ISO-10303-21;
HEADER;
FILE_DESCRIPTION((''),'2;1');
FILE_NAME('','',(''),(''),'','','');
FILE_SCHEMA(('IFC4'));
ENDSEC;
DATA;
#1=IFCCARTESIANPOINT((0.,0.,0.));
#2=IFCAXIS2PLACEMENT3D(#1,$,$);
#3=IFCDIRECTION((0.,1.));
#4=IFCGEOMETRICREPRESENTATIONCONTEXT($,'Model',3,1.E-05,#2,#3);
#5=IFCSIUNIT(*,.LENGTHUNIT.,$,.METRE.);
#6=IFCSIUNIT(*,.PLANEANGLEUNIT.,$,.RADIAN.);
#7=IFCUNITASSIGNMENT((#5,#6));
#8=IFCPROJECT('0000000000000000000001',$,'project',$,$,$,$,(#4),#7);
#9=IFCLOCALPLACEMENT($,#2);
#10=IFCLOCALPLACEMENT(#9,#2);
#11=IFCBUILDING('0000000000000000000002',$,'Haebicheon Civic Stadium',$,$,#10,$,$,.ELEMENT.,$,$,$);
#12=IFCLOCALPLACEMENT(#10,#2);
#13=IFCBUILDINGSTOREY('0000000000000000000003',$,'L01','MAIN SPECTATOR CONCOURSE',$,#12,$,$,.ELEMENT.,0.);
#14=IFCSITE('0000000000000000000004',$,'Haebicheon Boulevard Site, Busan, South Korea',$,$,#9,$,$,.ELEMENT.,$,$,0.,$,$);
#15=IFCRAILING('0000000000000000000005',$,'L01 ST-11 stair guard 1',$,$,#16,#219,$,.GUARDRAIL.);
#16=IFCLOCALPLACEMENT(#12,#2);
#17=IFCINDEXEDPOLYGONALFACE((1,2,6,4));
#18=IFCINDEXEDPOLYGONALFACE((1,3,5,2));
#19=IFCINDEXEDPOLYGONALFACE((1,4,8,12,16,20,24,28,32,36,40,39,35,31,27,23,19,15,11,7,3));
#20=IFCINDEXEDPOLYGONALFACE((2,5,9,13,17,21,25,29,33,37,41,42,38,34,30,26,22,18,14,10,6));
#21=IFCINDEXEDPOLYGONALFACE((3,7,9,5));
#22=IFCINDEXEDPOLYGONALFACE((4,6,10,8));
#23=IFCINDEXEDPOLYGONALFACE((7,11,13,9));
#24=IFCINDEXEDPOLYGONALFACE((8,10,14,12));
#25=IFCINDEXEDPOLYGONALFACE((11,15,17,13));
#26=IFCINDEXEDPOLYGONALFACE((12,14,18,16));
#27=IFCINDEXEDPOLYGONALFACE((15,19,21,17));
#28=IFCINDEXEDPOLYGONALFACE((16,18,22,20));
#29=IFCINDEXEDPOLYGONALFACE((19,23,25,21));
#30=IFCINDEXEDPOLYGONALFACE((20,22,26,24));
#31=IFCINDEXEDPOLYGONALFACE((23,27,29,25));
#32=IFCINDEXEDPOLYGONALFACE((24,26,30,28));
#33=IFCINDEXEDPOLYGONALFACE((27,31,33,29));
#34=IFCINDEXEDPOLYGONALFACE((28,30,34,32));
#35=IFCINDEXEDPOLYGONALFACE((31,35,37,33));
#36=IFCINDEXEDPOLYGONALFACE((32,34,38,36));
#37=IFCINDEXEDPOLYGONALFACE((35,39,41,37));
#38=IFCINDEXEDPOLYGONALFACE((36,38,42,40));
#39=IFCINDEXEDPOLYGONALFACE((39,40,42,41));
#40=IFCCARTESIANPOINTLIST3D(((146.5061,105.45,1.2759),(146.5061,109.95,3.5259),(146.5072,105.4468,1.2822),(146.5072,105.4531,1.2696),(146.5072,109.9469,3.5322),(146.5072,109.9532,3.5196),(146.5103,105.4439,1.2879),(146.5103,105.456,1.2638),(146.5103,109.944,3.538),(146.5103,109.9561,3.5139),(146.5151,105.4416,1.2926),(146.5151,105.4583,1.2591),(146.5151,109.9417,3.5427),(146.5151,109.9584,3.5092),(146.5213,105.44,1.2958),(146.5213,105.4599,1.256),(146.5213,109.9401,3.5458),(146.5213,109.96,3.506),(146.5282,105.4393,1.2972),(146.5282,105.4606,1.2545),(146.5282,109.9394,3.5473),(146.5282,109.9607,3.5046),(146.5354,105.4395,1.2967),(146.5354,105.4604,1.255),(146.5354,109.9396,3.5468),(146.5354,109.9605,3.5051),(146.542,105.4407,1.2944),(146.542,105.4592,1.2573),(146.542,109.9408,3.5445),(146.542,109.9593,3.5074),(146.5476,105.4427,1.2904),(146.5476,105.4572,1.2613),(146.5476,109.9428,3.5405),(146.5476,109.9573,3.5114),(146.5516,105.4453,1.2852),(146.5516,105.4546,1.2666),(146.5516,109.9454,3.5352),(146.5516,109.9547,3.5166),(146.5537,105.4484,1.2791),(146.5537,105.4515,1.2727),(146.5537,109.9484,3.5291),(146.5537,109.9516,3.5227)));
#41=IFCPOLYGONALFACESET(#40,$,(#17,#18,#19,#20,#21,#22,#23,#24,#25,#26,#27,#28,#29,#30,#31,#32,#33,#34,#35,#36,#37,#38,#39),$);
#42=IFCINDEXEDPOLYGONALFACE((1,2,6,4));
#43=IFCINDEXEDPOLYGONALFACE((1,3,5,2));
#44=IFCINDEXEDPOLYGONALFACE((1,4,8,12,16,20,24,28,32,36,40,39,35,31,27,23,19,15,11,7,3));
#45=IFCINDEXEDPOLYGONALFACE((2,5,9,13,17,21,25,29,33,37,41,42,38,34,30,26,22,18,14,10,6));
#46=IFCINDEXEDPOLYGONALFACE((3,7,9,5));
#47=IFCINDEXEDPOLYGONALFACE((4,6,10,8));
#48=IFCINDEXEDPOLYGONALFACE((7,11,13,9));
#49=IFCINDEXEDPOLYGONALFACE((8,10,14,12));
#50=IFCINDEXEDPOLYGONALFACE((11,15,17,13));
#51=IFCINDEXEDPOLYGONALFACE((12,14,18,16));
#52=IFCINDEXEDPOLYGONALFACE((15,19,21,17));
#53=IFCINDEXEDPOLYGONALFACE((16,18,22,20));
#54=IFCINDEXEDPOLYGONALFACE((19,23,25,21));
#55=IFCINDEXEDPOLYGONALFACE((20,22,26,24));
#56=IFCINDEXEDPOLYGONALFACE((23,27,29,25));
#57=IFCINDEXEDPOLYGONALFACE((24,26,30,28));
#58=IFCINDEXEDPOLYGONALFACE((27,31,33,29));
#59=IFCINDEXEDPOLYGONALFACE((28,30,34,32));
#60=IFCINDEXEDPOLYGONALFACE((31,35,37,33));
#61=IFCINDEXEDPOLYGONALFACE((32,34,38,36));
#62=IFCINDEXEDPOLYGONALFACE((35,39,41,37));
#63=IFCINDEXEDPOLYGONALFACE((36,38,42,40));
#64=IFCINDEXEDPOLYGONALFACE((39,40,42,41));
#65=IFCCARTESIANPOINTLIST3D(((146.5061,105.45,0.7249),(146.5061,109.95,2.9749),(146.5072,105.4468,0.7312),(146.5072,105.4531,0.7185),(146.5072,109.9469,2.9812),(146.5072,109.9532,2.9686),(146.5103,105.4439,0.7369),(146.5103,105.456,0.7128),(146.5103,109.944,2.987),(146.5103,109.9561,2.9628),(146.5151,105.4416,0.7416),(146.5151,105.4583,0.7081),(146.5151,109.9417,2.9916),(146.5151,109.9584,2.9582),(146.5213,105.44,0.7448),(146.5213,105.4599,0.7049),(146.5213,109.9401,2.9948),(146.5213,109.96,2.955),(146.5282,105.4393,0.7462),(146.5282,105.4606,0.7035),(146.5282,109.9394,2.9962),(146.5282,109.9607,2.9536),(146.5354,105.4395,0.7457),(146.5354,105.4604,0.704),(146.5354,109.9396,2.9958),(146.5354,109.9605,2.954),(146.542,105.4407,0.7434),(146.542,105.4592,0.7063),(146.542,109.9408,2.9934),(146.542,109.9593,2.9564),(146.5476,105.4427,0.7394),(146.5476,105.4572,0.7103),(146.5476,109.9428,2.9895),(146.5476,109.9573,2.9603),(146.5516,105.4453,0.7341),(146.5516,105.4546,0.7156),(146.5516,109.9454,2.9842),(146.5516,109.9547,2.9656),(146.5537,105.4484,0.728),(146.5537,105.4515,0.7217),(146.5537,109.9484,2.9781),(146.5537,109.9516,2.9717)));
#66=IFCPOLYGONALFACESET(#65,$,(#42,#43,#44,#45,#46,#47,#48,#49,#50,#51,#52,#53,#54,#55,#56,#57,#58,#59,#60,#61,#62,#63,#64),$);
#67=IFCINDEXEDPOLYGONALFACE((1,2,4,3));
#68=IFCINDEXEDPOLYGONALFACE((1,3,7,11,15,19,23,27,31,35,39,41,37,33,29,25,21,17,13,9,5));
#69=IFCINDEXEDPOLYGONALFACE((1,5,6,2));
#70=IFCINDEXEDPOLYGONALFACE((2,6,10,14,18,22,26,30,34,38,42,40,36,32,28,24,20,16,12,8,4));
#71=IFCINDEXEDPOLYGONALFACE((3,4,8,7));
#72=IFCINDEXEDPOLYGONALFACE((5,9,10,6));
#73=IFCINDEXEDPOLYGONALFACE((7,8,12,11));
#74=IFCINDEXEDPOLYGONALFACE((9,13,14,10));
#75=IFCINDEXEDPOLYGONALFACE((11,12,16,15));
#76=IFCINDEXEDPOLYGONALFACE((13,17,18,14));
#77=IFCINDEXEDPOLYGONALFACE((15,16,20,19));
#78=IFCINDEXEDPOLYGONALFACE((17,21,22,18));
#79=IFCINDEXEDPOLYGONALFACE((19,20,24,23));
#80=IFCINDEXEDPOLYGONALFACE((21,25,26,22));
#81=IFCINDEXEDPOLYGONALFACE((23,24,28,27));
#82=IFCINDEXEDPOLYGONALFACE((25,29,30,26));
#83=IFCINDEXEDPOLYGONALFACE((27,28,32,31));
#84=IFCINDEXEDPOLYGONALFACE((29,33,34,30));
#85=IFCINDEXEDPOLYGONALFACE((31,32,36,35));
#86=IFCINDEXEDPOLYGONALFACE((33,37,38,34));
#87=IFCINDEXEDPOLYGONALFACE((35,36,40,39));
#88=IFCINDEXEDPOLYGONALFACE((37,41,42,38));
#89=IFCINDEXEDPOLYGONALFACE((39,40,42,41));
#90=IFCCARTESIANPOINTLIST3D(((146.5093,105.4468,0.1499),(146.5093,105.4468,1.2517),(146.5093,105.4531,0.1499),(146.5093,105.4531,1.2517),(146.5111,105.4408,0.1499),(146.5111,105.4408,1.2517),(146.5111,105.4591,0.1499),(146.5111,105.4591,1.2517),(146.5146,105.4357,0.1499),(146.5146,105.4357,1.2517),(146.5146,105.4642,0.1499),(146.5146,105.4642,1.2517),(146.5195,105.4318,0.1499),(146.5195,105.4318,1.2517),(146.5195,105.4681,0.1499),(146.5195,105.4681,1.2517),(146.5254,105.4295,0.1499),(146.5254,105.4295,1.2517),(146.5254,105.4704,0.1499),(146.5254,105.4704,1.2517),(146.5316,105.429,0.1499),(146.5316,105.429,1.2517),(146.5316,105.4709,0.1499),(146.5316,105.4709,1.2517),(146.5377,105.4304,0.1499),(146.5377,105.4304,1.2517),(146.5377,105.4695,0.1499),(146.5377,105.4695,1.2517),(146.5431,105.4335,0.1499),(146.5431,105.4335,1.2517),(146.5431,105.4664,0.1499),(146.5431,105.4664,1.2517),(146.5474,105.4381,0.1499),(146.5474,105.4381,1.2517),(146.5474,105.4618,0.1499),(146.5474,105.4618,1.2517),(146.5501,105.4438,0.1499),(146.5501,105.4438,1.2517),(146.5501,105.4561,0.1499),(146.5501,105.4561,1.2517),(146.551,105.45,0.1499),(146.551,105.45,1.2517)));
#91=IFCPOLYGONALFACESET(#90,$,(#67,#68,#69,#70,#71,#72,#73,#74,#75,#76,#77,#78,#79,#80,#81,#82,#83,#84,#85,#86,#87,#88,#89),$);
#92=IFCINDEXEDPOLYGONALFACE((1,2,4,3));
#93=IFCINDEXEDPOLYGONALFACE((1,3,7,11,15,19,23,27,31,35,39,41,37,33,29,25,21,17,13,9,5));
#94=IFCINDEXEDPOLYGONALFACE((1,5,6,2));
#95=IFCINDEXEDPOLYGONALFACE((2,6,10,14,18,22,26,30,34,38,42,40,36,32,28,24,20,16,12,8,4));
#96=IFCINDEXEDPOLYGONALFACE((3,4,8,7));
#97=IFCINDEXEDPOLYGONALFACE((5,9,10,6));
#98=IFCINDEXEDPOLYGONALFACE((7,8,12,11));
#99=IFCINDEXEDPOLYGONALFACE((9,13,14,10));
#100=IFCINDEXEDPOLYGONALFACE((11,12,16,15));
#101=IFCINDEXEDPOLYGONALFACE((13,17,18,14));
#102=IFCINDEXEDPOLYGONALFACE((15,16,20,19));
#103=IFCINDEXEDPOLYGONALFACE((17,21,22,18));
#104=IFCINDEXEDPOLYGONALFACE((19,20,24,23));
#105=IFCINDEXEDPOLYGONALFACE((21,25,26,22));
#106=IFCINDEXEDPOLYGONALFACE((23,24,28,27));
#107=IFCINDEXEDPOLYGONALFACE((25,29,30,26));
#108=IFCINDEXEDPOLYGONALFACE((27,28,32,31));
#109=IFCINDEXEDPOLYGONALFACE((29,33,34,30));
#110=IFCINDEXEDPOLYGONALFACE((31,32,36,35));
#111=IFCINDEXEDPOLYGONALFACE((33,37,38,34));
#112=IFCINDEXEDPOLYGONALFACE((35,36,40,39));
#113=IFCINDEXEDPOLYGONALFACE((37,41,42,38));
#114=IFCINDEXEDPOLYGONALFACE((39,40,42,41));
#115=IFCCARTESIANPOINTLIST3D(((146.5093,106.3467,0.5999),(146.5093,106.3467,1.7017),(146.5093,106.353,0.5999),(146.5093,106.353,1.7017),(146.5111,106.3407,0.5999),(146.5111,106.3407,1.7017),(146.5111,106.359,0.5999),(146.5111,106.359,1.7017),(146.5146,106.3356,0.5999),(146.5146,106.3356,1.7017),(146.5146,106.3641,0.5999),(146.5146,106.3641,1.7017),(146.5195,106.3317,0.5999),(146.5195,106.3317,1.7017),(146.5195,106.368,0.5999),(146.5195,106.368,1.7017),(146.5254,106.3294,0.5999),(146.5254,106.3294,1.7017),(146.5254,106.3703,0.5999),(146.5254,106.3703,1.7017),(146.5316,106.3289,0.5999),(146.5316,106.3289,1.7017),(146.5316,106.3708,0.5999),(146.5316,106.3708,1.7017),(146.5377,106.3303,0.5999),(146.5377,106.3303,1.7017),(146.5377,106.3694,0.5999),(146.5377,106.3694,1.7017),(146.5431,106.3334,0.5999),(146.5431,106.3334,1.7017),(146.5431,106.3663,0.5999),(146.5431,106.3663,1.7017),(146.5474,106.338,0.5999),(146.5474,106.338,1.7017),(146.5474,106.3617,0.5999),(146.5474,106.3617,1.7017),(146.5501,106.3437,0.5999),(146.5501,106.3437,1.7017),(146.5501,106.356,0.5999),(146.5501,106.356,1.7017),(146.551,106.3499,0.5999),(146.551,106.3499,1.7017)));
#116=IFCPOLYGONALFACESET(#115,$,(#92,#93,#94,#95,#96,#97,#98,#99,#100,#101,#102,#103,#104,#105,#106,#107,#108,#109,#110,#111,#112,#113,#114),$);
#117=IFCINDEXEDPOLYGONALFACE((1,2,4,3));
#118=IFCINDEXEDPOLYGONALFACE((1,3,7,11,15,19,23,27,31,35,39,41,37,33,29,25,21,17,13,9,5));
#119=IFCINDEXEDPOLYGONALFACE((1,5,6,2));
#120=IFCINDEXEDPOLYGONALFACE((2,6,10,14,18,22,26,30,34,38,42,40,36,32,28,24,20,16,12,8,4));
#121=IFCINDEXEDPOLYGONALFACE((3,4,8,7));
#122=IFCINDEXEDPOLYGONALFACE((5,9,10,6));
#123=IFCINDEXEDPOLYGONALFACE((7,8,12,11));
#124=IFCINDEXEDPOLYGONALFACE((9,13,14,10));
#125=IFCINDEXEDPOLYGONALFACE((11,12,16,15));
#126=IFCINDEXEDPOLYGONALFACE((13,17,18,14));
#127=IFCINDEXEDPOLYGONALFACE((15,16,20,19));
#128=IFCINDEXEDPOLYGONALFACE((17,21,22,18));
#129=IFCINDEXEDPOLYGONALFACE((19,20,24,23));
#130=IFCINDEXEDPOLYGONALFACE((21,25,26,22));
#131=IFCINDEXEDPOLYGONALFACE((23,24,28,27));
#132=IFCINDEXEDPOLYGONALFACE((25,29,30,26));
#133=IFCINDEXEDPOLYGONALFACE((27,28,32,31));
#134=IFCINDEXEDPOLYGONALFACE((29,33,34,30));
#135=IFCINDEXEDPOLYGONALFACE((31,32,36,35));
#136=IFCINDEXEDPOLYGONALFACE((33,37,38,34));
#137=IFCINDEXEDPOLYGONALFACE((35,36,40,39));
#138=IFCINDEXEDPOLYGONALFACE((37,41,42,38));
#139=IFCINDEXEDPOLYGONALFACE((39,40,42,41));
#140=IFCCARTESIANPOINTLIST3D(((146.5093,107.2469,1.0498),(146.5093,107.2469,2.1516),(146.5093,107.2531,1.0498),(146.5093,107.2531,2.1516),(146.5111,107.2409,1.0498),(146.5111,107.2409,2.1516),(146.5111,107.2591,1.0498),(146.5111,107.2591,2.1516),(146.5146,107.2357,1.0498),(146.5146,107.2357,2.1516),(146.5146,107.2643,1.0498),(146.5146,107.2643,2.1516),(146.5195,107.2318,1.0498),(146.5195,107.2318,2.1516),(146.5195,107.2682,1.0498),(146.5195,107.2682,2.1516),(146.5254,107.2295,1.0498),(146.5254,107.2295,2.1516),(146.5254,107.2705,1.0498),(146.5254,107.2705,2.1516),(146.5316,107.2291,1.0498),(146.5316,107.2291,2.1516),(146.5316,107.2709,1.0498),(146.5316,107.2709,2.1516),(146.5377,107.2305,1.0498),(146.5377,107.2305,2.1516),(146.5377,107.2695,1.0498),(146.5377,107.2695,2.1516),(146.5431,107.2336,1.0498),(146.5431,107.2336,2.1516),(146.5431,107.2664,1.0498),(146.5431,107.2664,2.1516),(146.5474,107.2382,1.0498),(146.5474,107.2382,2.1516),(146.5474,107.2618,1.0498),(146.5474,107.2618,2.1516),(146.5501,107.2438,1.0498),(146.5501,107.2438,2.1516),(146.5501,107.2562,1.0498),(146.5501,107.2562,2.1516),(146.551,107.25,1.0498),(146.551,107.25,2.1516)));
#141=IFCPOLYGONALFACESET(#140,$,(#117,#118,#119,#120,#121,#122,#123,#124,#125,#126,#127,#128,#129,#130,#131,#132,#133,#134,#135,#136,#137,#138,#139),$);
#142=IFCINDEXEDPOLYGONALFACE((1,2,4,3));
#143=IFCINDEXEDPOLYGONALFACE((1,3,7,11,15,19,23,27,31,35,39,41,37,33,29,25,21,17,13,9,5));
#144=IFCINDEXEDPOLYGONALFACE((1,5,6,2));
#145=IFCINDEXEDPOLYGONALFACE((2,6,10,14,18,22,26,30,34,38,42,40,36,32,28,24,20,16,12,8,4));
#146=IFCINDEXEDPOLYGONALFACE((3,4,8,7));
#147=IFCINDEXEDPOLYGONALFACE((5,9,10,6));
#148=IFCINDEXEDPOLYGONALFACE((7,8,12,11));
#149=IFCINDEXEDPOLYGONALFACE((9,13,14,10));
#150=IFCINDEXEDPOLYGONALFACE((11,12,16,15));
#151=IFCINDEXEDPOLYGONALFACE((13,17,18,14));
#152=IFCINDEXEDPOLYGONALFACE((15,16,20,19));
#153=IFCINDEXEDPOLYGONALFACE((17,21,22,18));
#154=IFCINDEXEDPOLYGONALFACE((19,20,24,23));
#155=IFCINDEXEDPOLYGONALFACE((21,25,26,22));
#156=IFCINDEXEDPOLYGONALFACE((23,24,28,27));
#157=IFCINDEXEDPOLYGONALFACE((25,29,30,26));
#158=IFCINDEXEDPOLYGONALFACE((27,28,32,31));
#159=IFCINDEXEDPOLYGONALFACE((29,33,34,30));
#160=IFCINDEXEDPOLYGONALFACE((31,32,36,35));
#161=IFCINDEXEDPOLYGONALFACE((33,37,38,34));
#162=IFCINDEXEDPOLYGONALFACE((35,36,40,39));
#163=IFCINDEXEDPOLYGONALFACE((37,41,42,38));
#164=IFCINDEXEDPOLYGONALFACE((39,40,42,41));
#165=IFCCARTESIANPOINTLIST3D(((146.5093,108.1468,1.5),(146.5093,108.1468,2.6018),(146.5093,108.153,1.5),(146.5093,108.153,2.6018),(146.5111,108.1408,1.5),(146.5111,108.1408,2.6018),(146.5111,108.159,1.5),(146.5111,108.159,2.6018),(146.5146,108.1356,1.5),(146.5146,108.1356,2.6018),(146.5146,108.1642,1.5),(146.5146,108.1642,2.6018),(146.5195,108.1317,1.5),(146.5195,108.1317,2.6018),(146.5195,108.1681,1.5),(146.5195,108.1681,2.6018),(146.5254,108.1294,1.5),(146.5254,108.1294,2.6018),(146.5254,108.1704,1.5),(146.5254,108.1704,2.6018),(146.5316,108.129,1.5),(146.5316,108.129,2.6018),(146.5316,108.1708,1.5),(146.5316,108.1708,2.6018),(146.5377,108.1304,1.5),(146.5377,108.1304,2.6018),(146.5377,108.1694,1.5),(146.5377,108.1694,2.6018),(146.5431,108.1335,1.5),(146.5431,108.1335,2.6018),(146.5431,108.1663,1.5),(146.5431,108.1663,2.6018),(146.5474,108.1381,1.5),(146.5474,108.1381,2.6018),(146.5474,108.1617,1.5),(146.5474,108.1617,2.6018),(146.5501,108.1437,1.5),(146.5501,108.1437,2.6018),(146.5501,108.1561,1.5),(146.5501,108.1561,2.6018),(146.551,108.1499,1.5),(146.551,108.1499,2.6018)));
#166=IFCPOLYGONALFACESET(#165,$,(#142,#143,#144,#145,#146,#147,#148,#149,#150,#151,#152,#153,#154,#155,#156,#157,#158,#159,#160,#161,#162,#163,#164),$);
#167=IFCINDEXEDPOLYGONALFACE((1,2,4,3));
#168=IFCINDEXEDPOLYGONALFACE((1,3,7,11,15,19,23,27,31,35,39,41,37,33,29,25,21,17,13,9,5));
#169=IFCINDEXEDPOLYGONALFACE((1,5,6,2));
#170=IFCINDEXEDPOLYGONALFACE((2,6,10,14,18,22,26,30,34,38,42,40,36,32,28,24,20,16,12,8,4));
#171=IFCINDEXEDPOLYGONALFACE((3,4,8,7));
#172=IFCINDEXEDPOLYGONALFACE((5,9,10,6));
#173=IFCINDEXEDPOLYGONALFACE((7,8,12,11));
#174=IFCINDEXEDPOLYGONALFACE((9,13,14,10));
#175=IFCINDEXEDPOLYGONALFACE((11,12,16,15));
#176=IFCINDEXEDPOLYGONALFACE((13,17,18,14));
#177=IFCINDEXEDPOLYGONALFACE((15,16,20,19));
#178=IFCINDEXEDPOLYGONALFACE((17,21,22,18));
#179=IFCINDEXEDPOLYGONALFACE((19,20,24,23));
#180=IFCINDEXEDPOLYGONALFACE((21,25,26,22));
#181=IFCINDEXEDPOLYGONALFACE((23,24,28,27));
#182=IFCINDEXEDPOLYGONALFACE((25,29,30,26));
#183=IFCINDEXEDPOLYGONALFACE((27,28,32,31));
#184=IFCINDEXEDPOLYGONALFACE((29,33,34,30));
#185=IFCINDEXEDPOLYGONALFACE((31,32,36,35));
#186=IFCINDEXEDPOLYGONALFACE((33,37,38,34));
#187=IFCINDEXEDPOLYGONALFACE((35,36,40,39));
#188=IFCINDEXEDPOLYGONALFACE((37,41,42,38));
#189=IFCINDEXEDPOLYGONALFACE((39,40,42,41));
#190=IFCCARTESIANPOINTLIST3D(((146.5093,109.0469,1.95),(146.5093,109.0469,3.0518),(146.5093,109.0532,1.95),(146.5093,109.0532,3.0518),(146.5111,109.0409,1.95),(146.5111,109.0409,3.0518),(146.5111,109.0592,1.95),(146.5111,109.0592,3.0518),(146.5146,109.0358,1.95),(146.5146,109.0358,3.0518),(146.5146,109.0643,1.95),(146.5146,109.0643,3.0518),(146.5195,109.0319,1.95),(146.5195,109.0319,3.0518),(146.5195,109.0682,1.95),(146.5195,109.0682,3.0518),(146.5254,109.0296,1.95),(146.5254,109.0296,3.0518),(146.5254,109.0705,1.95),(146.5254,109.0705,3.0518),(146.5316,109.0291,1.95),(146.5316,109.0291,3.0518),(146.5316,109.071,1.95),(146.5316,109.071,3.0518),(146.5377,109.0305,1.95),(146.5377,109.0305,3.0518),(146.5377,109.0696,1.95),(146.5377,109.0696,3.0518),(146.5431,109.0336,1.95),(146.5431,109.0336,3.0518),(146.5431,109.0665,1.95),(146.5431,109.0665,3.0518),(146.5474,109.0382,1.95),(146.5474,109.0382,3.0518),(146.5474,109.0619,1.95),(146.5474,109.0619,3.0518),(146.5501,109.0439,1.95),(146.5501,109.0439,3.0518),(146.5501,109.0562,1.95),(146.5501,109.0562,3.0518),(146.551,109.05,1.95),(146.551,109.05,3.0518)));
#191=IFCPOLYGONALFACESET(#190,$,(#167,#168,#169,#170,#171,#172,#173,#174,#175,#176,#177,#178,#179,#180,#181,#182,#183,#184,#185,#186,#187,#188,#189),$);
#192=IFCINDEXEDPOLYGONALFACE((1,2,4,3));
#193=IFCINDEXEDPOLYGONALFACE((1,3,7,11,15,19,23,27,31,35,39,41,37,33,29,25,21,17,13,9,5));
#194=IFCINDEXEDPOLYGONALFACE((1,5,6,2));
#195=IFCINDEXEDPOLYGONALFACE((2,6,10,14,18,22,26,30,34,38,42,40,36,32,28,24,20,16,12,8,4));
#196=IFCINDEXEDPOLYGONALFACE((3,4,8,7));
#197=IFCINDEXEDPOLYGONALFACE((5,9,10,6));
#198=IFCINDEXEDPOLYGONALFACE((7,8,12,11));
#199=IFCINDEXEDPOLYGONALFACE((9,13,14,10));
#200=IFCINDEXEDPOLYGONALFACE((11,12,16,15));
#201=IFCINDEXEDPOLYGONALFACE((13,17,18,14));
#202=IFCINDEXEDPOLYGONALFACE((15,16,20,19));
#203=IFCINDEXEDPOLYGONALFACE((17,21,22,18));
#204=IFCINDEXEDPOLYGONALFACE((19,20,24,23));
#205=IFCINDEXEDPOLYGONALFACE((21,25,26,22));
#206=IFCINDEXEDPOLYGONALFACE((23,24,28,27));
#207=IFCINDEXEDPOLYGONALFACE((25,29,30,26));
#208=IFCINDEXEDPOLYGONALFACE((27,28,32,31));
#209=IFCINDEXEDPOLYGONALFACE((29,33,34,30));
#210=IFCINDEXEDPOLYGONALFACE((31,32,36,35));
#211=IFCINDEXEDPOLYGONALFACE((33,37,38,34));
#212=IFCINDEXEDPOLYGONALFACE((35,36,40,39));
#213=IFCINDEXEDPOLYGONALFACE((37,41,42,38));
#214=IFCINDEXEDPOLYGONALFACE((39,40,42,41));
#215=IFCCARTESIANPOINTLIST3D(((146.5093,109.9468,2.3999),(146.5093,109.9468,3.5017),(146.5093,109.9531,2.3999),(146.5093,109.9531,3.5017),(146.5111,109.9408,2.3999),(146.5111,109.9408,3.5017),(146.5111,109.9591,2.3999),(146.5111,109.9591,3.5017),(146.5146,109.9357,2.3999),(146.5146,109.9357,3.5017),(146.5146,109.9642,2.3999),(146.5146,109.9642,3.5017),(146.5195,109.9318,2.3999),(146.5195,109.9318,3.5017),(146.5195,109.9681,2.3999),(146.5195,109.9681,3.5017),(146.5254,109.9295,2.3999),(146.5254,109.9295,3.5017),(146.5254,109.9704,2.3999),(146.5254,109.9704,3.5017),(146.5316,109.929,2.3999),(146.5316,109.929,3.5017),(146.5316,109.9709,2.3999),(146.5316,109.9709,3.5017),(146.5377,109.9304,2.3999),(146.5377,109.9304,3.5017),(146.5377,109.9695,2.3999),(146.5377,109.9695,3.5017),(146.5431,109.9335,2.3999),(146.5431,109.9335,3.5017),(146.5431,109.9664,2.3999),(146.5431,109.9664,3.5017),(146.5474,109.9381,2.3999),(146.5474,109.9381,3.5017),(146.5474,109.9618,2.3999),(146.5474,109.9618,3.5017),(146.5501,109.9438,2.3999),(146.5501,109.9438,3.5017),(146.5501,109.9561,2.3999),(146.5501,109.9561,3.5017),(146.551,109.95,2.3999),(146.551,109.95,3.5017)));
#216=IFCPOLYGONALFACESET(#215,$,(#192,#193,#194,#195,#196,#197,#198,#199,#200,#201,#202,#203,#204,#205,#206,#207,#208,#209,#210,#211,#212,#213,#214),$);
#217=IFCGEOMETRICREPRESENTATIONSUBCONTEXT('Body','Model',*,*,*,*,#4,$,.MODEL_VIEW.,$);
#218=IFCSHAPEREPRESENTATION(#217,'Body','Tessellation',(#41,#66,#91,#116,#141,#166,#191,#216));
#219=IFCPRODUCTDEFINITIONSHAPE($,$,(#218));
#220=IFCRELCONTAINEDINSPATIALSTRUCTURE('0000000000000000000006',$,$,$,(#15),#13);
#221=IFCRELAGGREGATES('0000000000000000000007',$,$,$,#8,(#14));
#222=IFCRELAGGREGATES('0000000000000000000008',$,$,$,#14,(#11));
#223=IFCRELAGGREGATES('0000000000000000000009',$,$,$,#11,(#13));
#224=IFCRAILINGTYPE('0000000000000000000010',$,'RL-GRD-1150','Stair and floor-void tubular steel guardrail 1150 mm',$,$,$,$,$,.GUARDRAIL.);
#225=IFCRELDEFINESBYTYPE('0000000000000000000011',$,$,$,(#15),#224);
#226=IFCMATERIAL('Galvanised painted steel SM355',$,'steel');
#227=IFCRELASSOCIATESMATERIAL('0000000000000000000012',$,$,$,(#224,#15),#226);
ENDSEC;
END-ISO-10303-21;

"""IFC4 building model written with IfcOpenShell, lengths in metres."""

from ifc_helpers import new_model, si_unit, direction, frame, origin, origin_2d, place, context, subcontext, project, spatial, circle, extrude, material, type_object, element, save


model = new_model("IFC4")

# Units and contexts
model_context = context("Model", 3, precision=1e-05, world=origin(), true_north=direction((0.0, 1.0)))
body_context = subcontext(model_context, "Body", "Model", "MODEL_VIEW")
ifc_project = project(units=[si_unit("LENGTHUNIT", "METRE"), si_unit("PLANEANGLEUNIT", "RADIAN")], contexts=[model_context])

# Site, building, storey
site_placement = place(None, origin())
site = spatial("IfcSite", under=ifc_project, at=site_placement, Name="Haebicheon Boulevard Site, Busan, South Korea", CompositionType="ELEMENT", RefElevation=0.0)
building_placement = place(site_placement, origin())
building = spatial("IfcBuilding", under=site, at=building_placement, Name="Haebicheon Civic Stadium", CompositionType="ELEMENT")
storey_placement = place(building_placement, origin())
storey = spatial("IfcBuildingStorey", under=building, at=storey_placement, Name="L01", Description="MAIN SPECTATOR CONCOURSE", CompositionType="ELEMENT", Elevation=0.0)

# Railing
ifc_material_1 = material(Name="Galvanised painted steel SM355", Category="steel")
railing_type_1 = type_object("IfcRailingType", Name="RL-GRD-1150", Description="Stair and floor-void tubular steel guardrail 1150 mm", PredefinedType="GUARDRAIL", material=ifc_material_1)
railing_1_placement = place(storey_placement, frame((146.53, 105.45, 0.1499)))
element("IfcRailing", 1, at=railing_1_placement, inside=storey, type_object=railing_type_1, material=ifc_material_1, Name="L01 ST-11 stair guard 1", PredefinedType="GUARDRAIL", context=body_context, shape_type="SweptSolid", body=[
    extrude(circle(Radius=0.0239, at=origin_2d()), frame((0.0, 0.0, 1.126), z_axis=(0.0, 0.894427, 0.447214), x_axis=(-1.0, 0.0, 0.0)), (0.0, 0.0, 1.0), 5.0312),
    extrude(circle(Radius=0.0239, at=origin_2d()), frame((0.0, 0.0, 0.575), z_axis=(0.0, 0.894427, 0.447214), x_axis=(-1.0, 0.0, 0.0)), (0.0, 0.0, 1.0), 5.0312),
    extrude(circle(Radius=0.021, at=origin_2d()), origin(), (0.0, 0.0, 1.0), 1.1018),
    extrude(circle(Radius=0.021, at=origin_2d()), frame((0.0, 0.8999, 0.45)), (0.0, 0.0, 1.0), 1.1018),
    extrude(circle(Radius=0.021, at=origin_2d()), frame((0.0, 1.8, 0.8999)), (0.0, 0.0, 1.0), 1.1018),
    extrude(circle(Radius=0.021, at=origin_2d()), frame((0.0, 2.7, 1.3501)), (0.0, 0.0, 1.0), 1.1018),
    extrude(circle(Radius=0.021, at=origin_2d()), frame((0.0, 3.6001, 1.8)), (0.0, 0.0, 1.0), 1.1018),
    extrude(circle(Radius=0.021, at=origin_2d()), frame((0.0, 4.5, 2.25)), (0.0, 0.0, 1.0), 1.1018),
])

save(model, "model.ifc")
